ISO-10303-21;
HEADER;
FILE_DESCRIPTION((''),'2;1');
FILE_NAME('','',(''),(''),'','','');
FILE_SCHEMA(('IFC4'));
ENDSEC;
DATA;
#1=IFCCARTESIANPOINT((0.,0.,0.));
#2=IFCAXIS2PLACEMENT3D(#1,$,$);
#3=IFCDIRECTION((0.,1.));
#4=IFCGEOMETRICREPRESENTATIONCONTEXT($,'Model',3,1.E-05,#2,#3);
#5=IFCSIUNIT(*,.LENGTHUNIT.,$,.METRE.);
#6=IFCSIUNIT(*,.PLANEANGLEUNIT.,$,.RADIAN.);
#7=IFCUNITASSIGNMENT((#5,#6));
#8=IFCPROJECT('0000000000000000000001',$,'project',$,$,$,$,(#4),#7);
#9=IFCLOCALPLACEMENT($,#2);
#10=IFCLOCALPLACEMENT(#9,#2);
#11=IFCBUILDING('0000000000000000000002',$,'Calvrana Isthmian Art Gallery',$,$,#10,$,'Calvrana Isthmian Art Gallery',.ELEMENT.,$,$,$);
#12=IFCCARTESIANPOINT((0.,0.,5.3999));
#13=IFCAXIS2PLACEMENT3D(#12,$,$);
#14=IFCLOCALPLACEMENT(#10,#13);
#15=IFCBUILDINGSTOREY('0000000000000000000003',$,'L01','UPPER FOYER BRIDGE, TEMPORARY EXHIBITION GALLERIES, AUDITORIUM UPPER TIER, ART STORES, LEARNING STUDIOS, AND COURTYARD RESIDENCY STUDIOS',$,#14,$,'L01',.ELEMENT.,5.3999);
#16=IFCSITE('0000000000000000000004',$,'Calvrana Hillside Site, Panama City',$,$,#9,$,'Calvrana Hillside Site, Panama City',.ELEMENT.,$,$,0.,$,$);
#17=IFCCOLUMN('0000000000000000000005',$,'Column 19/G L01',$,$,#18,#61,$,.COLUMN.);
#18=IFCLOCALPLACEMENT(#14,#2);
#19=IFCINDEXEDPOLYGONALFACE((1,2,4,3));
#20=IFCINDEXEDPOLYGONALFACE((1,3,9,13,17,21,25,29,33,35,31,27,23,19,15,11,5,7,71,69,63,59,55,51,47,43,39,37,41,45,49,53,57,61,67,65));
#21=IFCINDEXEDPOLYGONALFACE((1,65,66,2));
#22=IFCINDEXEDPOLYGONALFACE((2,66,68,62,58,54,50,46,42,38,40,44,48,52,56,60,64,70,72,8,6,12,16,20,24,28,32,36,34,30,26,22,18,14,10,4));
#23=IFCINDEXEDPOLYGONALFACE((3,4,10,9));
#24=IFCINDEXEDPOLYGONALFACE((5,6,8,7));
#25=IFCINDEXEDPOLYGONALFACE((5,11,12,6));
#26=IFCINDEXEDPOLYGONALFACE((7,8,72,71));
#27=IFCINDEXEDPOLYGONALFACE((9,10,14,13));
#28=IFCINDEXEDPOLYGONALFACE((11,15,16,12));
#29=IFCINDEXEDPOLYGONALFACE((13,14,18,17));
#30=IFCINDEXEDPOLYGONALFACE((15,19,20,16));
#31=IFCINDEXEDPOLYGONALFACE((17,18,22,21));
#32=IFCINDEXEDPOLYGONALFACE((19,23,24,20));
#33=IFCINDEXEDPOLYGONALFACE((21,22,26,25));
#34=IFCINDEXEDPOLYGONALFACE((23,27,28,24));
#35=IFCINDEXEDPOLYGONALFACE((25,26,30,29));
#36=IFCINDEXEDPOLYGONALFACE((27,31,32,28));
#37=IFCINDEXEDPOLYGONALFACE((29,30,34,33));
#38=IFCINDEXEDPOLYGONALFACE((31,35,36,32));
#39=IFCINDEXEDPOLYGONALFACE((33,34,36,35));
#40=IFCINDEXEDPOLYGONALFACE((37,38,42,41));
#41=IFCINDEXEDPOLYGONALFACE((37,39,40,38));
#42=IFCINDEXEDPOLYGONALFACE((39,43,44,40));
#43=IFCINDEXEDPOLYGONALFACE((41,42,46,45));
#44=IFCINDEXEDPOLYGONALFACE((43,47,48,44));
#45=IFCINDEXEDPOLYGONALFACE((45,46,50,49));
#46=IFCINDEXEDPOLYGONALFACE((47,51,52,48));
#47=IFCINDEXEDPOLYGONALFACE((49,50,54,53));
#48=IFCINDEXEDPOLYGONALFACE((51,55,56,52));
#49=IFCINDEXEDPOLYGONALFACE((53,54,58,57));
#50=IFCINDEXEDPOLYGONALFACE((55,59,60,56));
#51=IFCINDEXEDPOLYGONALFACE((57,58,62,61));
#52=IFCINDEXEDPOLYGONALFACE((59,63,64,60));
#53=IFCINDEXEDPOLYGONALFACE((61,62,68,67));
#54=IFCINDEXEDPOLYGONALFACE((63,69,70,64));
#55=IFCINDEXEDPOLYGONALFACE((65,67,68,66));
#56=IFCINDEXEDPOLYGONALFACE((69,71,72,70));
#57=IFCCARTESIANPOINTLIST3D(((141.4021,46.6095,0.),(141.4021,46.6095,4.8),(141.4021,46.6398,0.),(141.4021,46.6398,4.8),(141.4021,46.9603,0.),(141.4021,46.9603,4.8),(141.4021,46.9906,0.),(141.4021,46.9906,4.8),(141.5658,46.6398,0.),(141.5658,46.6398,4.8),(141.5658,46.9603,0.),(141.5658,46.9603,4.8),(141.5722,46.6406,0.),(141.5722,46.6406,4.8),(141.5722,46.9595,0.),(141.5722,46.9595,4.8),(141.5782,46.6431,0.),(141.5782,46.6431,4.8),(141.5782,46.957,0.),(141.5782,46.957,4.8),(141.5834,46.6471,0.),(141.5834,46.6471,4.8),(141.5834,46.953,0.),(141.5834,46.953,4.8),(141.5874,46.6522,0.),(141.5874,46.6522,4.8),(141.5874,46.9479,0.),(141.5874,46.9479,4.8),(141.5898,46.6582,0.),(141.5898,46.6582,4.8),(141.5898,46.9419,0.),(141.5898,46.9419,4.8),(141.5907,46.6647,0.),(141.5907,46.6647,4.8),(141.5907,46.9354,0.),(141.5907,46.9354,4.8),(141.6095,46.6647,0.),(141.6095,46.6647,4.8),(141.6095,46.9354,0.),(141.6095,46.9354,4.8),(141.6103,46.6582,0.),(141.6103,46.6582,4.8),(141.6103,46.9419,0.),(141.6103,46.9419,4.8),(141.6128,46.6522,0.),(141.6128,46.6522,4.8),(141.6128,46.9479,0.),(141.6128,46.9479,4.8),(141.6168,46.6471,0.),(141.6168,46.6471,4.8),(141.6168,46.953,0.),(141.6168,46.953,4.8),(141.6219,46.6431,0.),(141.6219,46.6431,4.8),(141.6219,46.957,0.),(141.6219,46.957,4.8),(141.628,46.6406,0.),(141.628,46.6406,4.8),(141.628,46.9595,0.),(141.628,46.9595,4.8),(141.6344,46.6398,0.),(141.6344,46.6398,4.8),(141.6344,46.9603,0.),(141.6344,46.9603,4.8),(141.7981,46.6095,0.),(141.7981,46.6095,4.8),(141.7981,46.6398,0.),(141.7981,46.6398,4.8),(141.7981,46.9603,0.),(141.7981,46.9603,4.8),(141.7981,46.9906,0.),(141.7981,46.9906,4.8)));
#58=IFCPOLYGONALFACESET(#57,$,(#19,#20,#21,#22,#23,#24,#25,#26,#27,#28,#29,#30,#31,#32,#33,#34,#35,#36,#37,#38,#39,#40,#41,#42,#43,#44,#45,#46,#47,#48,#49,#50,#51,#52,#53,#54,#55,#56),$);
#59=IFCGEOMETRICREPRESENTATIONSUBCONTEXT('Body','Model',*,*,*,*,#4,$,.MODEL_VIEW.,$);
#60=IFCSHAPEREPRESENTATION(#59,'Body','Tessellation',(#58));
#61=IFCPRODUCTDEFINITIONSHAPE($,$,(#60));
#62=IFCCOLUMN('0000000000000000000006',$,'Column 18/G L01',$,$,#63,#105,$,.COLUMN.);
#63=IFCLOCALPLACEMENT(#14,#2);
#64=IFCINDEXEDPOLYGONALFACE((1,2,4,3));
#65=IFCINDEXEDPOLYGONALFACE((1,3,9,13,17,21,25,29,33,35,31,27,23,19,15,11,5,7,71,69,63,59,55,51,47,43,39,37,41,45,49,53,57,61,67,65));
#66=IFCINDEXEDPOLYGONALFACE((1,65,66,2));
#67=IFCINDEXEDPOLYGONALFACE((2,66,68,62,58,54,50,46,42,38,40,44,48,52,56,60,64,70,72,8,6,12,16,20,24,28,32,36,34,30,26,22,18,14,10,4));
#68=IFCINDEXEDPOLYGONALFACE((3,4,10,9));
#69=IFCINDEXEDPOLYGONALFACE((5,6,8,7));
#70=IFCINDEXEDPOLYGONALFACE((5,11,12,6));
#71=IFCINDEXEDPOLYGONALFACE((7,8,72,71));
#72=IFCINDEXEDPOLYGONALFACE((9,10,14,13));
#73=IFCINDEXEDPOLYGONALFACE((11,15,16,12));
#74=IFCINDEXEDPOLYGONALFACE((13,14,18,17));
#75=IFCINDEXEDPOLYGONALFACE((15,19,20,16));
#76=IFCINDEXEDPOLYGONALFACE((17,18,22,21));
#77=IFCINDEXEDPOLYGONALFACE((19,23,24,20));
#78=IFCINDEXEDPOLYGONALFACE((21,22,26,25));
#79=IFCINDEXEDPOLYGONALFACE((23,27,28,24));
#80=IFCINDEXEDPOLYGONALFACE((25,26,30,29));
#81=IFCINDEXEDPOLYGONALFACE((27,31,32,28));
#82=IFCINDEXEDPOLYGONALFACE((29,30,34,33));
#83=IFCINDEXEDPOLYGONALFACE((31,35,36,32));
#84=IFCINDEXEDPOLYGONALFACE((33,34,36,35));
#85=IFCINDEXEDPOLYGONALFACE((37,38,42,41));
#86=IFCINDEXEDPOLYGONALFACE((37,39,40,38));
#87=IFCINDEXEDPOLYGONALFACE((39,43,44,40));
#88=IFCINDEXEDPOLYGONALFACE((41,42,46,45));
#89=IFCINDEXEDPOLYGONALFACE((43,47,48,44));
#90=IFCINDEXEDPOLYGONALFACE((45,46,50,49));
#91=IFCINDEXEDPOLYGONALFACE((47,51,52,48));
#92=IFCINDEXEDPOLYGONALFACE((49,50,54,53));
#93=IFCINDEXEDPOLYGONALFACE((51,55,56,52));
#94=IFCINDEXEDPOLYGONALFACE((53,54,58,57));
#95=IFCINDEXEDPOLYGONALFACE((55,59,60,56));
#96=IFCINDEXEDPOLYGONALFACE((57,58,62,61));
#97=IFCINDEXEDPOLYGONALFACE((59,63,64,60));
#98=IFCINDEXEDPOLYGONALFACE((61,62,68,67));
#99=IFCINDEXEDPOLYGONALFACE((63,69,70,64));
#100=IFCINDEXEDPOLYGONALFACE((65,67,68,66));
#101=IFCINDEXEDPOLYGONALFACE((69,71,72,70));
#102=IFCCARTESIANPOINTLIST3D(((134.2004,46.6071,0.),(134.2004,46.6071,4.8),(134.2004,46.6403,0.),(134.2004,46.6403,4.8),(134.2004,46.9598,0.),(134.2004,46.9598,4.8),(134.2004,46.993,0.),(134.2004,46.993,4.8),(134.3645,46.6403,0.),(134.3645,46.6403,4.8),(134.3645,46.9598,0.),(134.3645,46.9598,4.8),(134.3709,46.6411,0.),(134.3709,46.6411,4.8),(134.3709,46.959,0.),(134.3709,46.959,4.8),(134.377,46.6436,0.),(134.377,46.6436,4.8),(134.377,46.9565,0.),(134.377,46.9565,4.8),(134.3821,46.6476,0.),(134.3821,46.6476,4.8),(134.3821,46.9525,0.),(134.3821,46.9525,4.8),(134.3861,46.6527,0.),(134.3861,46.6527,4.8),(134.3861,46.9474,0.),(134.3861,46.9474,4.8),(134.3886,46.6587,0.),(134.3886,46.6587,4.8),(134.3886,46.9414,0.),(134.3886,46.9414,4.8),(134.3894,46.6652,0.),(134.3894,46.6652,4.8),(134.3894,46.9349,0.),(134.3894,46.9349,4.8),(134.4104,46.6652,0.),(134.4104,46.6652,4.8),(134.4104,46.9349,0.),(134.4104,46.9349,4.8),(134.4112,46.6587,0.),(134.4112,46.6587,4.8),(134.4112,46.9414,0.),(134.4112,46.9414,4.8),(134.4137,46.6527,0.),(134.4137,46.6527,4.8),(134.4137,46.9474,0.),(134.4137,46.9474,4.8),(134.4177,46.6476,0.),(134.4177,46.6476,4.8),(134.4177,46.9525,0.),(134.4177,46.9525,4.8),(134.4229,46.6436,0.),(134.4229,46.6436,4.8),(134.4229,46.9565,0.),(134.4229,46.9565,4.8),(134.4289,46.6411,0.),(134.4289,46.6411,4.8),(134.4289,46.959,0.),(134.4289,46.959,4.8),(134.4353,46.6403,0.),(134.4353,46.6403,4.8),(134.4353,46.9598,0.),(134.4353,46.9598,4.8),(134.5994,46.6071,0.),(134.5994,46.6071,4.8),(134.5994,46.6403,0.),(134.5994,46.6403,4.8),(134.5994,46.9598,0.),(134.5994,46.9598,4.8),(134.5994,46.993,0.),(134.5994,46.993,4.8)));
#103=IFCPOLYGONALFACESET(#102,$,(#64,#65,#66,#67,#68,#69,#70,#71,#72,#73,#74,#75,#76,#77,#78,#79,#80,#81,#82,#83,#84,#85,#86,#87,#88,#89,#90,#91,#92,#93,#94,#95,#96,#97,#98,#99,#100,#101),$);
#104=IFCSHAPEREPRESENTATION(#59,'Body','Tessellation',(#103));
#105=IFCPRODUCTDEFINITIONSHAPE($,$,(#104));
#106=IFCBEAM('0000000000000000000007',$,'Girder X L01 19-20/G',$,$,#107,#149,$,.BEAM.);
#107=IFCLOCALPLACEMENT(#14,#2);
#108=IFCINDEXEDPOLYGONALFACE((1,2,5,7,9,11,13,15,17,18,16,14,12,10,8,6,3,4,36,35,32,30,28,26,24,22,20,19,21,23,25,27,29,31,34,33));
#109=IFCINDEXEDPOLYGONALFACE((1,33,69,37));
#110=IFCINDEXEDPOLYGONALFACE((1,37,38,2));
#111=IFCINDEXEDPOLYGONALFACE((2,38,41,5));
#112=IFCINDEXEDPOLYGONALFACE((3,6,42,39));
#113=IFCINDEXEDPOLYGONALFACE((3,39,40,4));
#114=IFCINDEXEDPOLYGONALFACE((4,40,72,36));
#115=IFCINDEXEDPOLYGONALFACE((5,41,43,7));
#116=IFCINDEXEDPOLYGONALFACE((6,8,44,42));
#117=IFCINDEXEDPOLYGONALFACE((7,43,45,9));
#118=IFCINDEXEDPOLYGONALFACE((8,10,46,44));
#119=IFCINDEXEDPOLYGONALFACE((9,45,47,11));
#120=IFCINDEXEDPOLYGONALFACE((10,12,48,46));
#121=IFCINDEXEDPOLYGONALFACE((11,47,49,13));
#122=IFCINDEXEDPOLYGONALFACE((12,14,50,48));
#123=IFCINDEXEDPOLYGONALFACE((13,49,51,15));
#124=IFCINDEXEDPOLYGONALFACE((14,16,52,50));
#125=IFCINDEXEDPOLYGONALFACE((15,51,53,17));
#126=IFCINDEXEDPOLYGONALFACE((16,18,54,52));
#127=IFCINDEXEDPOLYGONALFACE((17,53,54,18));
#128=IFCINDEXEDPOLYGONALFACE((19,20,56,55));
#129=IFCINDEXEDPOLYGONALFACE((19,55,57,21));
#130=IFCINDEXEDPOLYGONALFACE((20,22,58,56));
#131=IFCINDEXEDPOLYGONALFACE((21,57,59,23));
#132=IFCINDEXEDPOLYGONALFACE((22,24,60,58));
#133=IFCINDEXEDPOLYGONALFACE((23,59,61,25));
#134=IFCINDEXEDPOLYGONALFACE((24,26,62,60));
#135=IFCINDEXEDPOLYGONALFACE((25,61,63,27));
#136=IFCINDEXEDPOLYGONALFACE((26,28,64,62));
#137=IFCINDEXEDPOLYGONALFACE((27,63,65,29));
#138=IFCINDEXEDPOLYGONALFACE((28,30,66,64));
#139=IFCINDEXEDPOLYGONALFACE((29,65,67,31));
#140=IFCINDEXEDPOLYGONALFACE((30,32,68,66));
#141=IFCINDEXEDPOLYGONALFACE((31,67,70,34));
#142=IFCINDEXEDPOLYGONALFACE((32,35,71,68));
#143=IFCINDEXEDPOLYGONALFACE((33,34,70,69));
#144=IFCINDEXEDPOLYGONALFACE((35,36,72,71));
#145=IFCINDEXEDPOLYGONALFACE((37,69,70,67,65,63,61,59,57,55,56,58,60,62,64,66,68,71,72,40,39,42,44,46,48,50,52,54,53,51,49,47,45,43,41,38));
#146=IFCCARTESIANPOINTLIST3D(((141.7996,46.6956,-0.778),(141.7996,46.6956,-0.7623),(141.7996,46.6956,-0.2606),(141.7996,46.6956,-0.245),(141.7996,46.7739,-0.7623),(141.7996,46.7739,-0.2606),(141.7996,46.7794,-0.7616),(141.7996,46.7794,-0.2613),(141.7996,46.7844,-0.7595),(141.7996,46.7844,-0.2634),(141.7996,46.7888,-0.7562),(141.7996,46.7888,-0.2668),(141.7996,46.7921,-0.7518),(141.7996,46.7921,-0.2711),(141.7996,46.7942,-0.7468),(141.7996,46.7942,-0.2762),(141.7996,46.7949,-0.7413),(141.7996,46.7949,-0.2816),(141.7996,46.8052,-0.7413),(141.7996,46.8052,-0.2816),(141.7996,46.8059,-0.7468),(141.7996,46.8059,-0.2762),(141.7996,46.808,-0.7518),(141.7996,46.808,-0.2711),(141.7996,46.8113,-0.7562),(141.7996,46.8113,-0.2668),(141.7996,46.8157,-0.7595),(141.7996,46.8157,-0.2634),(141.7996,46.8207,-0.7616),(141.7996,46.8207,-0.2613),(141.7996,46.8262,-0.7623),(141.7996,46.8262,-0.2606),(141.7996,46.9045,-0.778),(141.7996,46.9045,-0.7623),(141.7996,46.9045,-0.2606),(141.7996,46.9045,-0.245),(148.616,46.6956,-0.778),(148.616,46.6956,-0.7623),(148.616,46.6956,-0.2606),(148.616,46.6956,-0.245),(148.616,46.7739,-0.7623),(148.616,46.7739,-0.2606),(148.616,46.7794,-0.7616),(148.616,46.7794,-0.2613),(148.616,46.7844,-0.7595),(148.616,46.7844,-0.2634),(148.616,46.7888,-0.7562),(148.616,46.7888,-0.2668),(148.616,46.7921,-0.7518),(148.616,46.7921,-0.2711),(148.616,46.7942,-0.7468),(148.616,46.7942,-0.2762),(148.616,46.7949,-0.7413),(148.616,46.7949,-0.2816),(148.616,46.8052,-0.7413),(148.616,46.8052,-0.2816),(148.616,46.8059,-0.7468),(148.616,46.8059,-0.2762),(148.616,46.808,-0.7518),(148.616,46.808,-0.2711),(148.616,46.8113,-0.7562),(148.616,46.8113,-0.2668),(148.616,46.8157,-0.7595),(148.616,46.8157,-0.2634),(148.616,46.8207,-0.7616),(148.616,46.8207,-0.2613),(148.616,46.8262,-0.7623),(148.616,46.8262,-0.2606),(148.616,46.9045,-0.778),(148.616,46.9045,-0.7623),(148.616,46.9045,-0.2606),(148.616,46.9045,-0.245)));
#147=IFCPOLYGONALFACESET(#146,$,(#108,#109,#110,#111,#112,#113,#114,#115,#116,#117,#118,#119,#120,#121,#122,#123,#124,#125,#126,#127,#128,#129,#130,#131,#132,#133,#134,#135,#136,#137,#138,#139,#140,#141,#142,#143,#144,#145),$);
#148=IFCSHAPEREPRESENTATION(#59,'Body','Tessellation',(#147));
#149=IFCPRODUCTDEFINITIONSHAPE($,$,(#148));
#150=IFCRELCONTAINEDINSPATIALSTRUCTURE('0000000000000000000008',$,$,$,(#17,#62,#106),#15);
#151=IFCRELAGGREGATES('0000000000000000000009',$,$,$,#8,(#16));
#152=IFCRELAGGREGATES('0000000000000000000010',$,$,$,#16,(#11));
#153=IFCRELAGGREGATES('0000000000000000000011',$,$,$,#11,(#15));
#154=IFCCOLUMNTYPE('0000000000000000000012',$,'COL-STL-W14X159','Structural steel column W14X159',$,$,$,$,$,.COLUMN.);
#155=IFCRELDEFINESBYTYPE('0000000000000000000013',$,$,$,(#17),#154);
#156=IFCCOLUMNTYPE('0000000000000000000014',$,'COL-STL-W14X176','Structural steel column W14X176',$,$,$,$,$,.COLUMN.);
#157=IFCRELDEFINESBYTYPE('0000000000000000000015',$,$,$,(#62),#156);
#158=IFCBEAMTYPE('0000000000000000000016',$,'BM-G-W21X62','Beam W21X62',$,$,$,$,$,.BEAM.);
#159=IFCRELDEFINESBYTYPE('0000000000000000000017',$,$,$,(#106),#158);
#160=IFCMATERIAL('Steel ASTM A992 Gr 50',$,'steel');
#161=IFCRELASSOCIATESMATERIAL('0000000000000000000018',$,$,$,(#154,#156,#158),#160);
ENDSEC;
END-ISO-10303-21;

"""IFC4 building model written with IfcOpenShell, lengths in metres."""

from ifc_helpers import new_model, si_unit, direction, frame, origin, origin_2d, place, context, subcontext, project, spatial, i_section, extrude, material, material_profile, profile_set, type_object, element, save


model = new_model("IFC4")

# Units and contexts
model_context = context("Model", 3, precision=1e-05, world=origin(), true_north=direction((0.0, 1.0)))
body_context = subcontext(model_context, "Body", "Model", "MODEL_VIEW")
ifc_project = project(units=[si_unit("LENGTHUNIT", "METRE"), si_unit("PLANEANGLEUNIT", "RADIAN")], contexts=[model_context])

# Site, building, storey
site_placement = place(None, origin())
site = spatial("IfcSite", under=ifc_project, at=site_placement, Name="Calvrana Hillside Site, Panama City", LongName="Calvrana Hillside Site, Panama City", CompositionType="ELEMENT", RefElevation=0.0)
building_placement = place(site_placement, origin())
building = spatial("IfcBuilding", under=site, at=building_placement, Name="Calvrana Isthmian Art Gallery", LongName="Calvrana Isthmian Art Gallery", CompositionType="ELEMENT")
storey_placement = place(building_placement, frame((0.0, 0.0, 5.3999)))
storey = spatial("IfcBuildingStorey", under=building, at=storey_placement, Name="L01", Description="UPPER FOYER BRIDGE, TEMPORARY EXHIBITION GALLERIES, AUDITORIUM UPPER TIER, ART STORES, LEARNING STUDIOS, AND COURTYARD RESIDENCY STUDIOS", LongName="L01", CompositionType="ELEMENT", Elevation=5.3999)

# Columns
ifc_material_1 = material(Name="Steel ASTM A992 Gr 50", Category="steel")
ifc_material_profile_1 = material_profile(ifc_material_1, i_section(OverallWidth=0.396, OverallDepth=0.3811, WebThickness=0.0188, FlangeThickness=0.0303, FilletRadius=0.0249, at=origin_2d()), Name="W14X159")
ifc_profile_set_1 = profile_set([ifc_material_profile_1], Name="Steel ASTM A992 Gr 50")
column_type_1 = type_object("IfcColumnType", Name="COL-STL-W14X159", Description="Structural steel column W14X159", PredefinedType="COLUMN", material=ifc_profile_set_1)
column_1_placement = place(storey_placement, frame((141.6001, 46.8, 0.0), z_axis=(0.0, 0.0, 1.0), x_axis=(1.0, 0.0, 0.0)))
element("IfcColumn", 1, at=column_1_placement, inside=storey, type_object=column_type_1, Name="Column 19/G L01", PredefinedType="COLUMN", context=body_context, shape_type="SweptSolid", body=[
    extrude(i_section(OverallWidth=0.396, OverallDepth=0.3811, WebThickness=0.0188, FlangeThickness=0.0303, FilletRadius=0.0249, at=origin_2d()), origin(), (0.0, 0.0, 1.0), 4.8),
])
ifc_material_profile_2 = material_profile(ifc_material_1, i_section(OverallWidth=0.3989, OverallDepth=0.386, WebThickness=0.021, FlangeThickness=0.0332, FilletRadius=0.0249, at=origin_2d()), Name="W14X176")
ifc_profile_set_2 = profile_set([ifc_material_profile_2], Name="Steel ASTM A992 Gr 50")
column_type_2 = type_object("IfcColumnType", Name="COL-STL-W14X176", Description="Structural steel column W14X176", PredefinedType="COLUMN", material=ifc_profile_set_2)
column_2_placement = place(storey_placement, frame((134.3999, 46.8, 0.0), z_axis=(0.0, 0.0, 1.0), x_axis=(1.0, 0.0, 0.0)))
element("IfcColumn", 2, at=column_2_placement, inside=storey, type_object=column_type_2, Name="Column 18/G L01", PredefinedType="COLUMN", context=body_context, shape_type="SweptSolid", body=[
    extrude(i_section(OverallWidth=0.3989, OverallDepth=0.386, WebThickness=0.021, FlangeThickness=0.0332, FilletRadius=0.0249, at=origin_2d()), origin(), (0.0, 0.0, 1.0), 4.8),
])

# Beam
ifc_material_profile_3 = material_profile(ifc_material_1, i_section(OverallWidth=0.209, OverallDepth=0.533, WebThickness=0.0103, FlangeThickness=0.0156, FilletRadius=0.021, at=origin_2d()), Name="W21X62")
ifc_profile_set_3 = profile_set([ifc_material_profile_3], Name="Steel ASTM A992 Gr 50")
beam_type_1 = type_object("IfcBeamType", Name="BM-G-W21X62", Description="Beam W21X62", PredefinedType="BEAM", material=ifc_profile_set_3)
beam_1_placement = place(storey_placement, frame((141.7996, 46.8, -0.5115), z_axis=(1.0, 0.0, 0.0), x_axis=(0.0, 1.0, 0.0)))
element("IfcBeam", 3, at=beam_1_placement, inside=storey, type_object=beam_type_1, Name="Girder X L01 19-20/G", PredefinedType="BEAM", context=body_context, shape_type="SweptSolid", body=[
    extrude(i_section(OverallWidth=0.209, OverallDepth=0.533, WebThickness=0.0103, FlangeThickness=0.0156, FilletRadius=0.021, at=origin_2d()), origin(), (0.0, 0.0, 1.0), 6.8164),
])

save(model, "model.ifc")
